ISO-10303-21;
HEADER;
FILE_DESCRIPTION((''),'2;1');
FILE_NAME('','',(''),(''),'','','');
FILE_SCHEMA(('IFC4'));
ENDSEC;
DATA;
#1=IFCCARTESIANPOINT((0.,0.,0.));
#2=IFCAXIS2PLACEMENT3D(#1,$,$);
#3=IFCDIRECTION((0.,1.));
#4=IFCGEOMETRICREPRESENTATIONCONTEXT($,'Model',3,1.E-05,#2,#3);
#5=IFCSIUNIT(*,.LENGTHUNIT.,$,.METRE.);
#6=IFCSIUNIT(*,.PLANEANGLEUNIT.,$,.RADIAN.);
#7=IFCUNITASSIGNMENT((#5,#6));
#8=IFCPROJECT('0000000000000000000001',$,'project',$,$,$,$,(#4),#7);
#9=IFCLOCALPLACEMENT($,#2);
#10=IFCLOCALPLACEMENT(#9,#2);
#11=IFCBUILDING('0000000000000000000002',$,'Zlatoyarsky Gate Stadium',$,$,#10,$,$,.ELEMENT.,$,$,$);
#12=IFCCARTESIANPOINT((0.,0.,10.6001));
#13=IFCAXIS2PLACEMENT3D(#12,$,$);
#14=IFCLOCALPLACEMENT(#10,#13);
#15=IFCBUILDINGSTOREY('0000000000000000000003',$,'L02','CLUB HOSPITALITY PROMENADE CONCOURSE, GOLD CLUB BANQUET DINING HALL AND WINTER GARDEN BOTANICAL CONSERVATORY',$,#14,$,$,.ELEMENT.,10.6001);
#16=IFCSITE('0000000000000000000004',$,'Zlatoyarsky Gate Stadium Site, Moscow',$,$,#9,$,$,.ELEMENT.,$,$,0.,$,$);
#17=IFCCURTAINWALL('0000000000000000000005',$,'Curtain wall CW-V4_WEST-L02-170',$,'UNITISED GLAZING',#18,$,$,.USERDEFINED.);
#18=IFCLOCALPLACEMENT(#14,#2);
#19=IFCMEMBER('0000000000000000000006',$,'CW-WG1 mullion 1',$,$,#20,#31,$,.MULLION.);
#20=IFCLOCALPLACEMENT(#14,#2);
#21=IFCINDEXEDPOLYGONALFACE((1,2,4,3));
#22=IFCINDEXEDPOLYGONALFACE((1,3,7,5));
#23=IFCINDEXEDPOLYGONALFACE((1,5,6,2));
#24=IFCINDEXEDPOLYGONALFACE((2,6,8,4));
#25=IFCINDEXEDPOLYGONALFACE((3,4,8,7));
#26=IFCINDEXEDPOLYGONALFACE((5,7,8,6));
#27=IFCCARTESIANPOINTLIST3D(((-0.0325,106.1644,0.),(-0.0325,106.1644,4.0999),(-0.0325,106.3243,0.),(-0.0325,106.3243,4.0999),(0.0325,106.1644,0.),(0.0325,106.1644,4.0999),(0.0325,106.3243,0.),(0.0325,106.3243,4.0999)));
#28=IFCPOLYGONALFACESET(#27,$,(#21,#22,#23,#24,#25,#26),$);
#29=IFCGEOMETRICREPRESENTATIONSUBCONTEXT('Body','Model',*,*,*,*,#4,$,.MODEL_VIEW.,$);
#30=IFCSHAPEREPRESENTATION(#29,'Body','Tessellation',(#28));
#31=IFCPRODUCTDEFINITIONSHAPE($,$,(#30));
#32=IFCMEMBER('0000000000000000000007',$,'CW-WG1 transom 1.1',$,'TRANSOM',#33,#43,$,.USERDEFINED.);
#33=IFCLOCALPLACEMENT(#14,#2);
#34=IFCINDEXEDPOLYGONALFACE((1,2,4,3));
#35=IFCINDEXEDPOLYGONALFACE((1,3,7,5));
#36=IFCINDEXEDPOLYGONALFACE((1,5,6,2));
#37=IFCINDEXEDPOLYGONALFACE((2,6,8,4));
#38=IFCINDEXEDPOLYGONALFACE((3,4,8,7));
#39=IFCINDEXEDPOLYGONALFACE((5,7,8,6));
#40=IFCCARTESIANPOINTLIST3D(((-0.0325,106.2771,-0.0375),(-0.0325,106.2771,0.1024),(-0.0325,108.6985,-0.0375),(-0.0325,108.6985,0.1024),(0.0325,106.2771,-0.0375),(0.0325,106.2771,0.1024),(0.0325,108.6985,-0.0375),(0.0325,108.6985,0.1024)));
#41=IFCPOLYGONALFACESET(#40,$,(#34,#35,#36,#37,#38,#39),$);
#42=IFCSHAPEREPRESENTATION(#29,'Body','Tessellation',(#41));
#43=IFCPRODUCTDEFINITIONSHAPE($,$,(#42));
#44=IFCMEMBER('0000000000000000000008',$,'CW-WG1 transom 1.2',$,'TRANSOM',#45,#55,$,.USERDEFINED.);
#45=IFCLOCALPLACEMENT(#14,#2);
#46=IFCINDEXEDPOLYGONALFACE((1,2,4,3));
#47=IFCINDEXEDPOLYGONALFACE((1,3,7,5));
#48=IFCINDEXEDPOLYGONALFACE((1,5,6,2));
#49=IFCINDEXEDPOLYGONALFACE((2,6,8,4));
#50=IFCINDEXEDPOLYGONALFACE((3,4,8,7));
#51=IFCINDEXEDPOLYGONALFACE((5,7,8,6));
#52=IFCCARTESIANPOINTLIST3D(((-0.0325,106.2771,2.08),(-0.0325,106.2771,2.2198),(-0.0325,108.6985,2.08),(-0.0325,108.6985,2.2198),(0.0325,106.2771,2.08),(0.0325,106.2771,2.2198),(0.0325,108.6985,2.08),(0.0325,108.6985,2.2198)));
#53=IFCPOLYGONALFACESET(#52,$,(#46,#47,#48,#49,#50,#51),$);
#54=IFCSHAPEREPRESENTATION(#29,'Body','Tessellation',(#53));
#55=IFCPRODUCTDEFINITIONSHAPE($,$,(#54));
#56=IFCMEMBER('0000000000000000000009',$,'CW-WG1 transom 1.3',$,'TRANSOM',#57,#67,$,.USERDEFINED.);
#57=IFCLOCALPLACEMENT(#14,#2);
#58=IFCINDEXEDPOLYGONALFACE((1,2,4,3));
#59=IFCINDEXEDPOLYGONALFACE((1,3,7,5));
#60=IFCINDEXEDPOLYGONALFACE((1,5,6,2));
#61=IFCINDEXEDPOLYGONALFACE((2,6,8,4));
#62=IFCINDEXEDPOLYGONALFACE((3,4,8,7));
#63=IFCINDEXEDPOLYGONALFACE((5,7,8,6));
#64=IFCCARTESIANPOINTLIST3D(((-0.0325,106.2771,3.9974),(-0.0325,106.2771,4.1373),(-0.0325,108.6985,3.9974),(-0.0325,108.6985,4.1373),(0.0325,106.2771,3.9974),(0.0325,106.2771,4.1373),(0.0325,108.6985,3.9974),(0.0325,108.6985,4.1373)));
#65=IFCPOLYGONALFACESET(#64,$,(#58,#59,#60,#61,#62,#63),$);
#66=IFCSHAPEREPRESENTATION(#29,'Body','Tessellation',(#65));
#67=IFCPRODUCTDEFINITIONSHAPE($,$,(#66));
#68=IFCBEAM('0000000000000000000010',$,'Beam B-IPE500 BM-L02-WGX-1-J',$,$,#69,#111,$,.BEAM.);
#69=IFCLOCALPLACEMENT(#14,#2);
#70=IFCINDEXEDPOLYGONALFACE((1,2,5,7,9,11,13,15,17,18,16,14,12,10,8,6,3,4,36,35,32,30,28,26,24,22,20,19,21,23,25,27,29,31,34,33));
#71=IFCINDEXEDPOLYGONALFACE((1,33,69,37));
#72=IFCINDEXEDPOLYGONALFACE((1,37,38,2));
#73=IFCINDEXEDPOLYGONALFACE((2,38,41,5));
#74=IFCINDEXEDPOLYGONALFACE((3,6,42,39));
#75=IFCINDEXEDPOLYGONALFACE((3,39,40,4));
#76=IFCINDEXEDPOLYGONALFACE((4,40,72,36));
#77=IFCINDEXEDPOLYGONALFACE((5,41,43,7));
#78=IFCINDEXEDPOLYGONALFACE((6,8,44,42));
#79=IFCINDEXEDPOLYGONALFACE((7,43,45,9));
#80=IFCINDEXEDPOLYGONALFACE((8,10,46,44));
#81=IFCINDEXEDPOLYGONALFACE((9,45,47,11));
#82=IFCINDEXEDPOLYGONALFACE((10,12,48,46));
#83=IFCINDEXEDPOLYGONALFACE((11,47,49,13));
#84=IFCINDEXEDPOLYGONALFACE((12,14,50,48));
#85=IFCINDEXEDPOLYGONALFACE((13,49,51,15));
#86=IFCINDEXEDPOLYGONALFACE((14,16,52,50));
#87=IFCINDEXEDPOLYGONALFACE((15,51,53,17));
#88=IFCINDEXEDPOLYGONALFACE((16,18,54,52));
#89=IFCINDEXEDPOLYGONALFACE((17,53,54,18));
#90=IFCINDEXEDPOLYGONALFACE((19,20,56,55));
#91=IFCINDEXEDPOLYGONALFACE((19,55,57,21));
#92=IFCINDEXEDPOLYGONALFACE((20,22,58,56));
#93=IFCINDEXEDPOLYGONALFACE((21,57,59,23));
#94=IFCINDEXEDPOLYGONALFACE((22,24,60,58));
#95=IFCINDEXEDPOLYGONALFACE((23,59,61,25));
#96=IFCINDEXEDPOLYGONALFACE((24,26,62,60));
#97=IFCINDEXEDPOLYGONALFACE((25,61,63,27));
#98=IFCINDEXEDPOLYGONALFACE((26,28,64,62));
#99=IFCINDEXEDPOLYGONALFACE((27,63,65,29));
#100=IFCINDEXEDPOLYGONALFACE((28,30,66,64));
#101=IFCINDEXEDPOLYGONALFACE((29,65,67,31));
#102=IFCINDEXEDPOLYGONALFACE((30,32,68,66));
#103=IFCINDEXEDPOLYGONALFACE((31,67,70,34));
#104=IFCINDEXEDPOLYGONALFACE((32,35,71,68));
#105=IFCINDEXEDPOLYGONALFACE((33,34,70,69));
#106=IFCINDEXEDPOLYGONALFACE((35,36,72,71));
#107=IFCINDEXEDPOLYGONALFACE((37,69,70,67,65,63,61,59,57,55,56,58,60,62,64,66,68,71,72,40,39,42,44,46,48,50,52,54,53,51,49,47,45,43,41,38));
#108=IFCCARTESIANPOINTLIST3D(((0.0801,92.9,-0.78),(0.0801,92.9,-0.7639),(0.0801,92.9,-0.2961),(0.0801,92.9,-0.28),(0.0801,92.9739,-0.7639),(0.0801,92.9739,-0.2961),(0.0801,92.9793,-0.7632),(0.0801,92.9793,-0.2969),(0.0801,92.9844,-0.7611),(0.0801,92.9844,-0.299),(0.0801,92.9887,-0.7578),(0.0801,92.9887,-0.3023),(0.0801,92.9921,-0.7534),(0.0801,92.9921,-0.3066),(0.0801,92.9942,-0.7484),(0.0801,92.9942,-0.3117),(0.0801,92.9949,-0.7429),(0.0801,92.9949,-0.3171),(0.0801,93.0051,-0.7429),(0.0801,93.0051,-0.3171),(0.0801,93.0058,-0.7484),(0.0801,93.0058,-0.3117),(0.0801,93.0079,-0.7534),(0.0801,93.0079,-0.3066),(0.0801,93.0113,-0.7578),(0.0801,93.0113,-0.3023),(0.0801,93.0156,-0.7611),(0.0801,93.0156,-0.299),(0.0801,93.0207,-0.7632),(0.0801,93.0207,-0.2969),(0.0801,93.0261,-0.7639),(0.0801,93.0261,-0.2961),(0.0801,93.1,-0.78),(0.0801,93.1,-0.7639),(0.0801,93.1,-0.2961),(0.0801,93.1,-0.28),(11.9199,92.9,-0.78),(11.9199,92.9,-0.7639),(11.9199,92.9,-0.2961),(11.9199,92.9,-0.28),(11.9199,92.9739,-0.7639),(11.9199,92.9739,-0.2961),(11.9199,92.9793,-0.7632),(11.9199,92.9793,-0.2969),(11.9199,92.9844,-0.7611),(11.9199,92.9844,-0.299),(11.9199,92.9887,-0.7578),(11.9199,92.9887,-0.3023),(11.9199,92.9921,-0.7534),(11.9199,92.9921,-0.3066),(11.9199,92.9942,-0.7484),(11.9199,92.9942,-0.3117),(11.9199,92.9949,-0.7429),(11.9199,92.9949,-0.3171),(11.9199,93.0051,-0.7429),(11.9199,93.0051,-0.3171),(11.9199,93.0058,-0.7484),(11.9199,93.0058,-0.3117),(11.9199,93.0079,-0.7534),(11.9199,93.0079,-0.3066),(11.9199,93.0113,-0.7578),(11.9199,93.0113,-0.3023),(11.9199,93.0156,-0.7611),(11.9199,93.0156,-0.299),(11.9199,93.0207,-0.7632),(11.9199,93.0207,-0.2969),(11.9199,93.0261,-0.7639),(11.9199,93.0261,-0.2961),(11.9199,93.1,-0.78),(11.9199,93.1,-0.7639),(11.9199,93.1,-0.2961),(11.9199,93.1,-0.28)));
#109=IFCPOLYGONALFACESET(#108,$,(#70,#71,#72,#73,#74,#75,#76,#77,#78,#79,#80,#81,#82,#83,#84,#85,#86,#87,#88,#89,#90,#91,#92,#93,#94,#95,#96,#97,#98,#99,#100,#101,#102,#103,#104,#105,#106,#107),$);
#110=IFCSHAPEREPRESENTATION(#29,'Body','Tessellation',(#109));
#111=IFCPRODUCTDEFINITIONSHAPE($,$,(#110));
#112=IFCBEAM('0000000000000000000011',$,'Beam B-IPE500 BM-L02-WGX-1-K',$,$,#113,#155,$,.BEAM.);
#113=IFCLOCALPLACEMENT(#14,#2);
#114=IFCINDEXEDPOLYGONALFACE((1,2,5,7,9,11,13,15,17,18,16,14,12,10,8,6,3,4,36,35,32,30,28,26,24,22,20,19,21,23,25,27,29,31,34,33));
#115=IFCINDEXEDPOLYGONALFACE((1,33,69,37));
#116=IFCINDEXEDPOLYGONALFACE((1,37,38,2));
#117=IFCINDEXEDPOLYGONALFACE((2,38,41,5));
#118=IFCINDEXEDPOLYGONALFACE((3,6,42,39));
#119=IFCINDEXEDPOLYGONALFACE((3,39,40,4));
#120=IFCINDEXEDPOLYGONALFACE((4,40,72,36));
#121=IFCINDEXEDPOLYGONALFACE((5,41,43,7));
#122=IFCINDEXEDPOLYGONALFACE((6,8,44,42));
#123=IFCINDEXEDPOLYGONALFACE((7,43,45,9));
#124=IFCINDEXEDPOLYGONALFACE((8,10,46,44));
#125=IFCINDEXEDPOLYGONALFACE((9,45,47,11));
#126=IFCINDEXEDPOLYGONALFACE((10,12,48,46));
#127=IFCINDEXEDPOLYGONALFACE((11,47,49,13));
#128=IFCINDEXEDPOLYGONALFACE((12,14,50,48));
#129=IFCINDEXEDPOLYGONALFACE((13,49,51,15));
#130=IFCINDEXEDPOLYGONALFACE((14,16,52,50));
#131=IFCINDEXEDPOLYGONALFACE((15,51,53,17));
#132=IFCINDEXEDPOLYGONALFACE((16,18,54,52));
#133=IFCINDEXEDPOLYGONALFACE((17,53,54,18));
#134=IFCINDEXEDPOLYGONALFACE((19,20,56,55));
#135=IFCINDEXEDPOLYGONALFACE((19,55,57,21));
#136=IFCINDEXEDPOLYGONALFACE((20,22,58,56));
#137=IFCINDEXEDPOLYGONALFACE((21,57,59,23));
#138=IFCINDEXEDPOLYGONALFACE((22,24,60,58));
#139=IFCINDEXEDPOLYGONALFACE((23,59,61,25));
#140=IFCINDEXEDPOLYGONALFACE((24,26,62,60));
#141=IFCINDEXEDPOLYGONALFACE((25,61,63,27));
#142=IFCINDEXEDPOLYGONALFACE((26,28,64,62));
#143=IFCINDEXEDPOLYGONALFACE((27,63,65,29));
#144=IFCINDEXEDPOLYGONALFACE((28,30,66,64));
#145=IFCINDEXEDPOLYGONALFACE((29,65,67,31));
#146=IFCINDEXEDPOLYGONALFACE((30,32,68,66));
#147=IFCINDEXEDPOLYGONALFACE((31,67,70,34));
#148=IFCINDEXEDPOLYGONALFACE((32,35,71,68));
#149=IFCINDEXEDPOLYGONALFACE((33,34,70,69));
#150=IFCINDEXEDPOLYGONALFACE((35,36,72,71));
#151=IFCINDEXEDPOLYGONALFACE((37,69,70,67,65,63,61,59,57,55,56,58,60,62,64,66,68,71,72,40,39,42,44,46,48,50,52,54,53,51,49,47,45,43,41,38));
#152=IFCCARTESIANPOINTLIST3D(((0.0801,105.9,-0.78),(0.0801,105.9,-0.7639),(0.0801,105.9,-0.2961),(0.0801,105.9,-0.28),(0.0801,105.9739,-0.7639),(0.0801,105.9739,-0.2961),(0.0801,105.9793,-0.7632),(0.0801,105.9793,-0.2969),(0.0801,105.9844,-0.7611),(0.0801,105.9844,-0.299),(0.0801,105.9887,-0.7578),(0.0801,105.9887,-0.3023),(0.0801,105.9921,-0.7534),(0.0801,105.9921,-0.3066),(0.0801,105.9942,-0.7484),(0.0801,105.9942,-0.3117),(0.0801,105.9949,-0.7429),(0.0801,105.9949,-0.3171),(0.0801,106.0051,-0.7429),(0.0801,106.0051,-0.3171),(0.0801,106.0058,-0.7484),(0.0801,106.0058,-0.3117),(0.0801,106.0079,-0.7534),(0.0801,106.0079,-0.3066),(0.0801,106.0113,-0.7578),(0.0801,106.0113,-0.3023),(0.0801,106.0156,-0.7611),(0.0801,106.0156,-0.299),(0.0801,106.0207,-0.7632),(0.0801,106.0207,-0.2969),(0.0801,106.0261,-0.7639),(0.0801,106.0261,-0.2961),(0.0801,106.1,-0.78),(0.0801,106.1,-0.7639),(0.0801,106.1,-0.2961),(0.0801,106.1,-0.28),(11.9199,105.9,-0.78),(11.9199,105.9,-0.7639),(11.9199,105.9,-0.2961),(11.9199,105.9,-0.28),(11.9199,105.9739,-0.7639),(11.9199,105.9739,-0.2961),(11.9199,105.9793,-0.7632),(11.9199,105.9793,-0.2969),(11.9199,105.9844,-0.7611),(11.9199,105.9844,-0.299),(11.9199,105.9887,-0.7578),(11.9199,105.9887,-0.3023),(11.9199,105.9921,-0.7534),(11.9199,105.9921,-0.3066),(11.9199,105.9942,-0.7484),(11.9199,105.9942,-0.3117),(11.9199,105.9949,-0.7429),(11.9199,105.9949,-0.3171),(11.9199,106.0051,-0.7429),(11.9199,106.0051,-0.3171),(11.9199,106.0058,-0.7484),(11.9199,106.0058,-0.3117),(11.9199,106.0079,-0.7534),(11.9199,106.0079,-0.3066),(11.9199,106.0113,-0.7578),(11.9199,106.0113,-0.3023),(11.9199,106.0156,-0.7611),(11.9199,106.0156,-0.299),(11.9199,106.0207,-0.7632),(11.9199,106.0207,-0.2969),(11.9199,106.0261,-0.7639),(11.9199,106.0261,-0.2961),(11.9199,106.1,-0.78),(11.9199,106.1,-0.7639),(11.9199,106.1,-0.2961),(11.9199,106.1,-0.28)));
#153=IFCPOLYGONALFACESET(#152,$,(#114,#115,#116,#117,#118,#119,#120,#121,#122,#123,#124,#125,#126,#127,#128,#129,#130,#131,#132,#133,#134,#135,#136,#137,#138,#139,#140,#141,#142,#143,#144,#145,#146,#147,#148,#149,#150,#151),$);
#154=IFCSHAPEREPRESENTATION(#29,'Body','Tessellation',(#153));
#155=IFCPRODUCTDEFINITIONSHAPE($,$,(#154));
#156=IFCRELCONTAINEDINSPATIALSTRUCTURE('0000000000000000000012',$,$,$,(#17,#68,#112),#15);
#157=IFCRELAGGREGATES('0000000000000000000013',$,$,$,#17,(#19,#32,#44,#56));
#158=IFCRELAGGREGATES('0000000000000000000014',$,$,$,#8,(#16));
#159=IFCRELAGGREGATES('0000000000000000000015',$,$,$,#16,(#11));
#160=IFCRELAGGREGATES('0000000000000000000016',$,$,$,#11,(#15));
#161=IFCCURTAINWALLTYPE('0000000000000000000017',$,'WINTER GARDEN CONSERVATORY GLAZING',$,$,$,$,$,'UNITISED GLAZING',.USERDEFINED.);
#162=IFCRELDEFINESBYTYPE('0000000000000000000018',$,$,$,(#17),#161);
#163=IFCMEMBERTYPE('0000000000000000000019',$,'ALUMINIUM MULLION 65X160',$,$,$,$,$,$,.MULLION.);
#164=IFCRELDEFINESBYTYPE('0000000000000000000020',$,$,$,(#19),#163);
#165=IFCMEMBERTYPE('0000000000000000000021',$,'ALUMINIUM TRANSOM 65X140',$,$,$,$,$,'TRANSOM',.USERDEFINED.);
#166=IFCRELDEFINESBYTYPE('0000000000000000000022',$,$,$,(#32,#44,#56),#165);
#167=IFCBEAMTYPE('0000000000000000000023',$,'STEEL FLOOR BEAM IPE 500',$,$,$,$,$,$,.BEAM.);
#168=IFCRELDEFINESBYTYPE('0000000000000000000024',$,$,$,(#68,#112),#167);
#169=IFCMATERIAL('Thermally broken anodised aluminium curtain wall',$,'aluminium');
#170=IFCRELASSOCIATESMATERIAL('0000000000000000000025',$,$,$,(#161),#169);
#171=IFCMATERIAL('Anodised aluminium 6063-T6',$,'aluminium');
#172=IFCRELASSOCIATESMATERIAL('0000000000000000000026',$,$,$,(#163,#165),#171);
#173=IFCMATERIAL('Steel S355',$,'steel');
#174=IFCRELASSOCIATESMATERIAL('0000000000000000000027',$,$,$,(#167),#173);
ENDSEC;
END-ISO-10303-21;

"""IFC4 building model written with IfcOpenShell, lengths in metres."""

from ifc_helpers import new_model, si_unit, direction, frame, origin, origin_2d, place, context, subcontext, project, spatial, rectangle, i_section, extrude, material, material_profile, profile_set, type_object, element, aggregate, save


model = new_model("IFC4")

# Units and contexts
model_context = context("Model", 3, precision=1e-05, world=origin(), true_north=direction((0.0, 1.0)))
body_context = subcontext(model_context, "Body", "Model", "MODEL_VIEW")
ifc_project = project(units=[si_unit("LENGTHUNIT", "METRE"), si_unit("PLANEANGLEUNIT", "RADIAN")], contexts=[model_context])

# Site, building, storey
site_placement = place(None, origin())
site = spatial("IfcSite", under=ifc_project, at=site_placement, Name="Zlatoyarsky Gate Stadium Site, Moscow", CompositionType="ELEMENT", RefElevation=0.0)
building_placement = place(site_placement, origin())
building = spatial("IfcBuilding", under=site, at=building_placement, Name="Zlatoyarsky Gate Stadium", CompositionType="ELEMENT")
storey_placement = place(building_placement, frame((0.0, 0.0, 10.6001)))
storey = spatial("IfcBuildingStorey", under=building, at=storey_placement, Name="L02", Description="CLUB HOSPITALITY PROMENADE CONCOURSE, GOLD CLUB BANQUET DINING HALL AND WINTER GARDEN BOTANICAL CONSERVATORY", CompositionType="ELEMENT", Elevation=10.6001)

# Shared definitions
ifc_material_1 = material(Name="Steel S355", Category="steel")

# Shared definitions
ifc_material_2 = material(Name="Thermally broken anodised aluminium curtain wall", Category="aluminium")
curtain_wall_type = type_object("IfcCurtainWallType", Name="WINTER GARDEN CONSERVATORY GLAZING", ElementType="UNITISED GLAZING", PredefinedType="USERDEFINED", material=ifc_material_2)
ifc_material_3 = material(Name="Anodised aluminium 6063-T6", Category="aluminium")
ifc_material_profile_1 = material_profile(ifc_material_3, rectangle(XDim=0.0649, YDim=0.1599, at=origin_2d()), Name="ALU 65X160")
ifc_profile_set_1 = profile_set([ifc_material_profile_1], Name="Anodised aluminium 6063-T6")
member_type_1 = type_object("IfcMemberType", Name="ALUMINIUM MULLION 65X160", PredefinedType="MULLION", material=ifc_profile_set_1)

# Curtain wall, members
curtain_wall_1_placement = place(storey_placement, origin())
curtain_wall_1 = element("IfcCurtainWall", 1, at=curtain_wall_1_placement, inside=storey, type_object=curtain_wall_type, Name="Curtain wall CW-V4_WEST-L02-170", ObjectType="UNITISED GLAZING", PredefinedType="USERDEFINED")
member_1_placement = place(storey_placement, frame((0.0, 106.2444, 0.0), z_axis=(0.0, 0.0, 1.0), x_axis=(-1.0, 0.0, 0.0)))
member_1 = element("IfcMember", 2, at=member_1_placement, type_object=member_type_1, Name="CW-WG1 mullion 1", PredefinedType="MULLION", context=body_context, shape_type="SweptSolid", body=[
    extrude(rectangle(XDim=0.0649, YDim=0.1599, at=origin_2d()), origin(), (0.0, 0.0, 1.0), 4.0999),
])
ifc_material_profile_2 = material_profile(ifc_material_3, rectangle(XDim=0.0649, YDim=0.1399, at=origin_2d()), Name="ALU 65X140")
ifc_profile_set_2 = profile_set([ifc_material_profile_2], Name="Anodised aluminium 6063-T6")
member_type_2 = type_object("IfcMemberType", Name="ALUMINIUM TRANSOM 65X140", ElementType="TRANSOM", PredefinedType="USERDEFINED", material=ifc_profile_set_2)
member_2_placement = place(storey_placement, frame((0.0, 106.2771, 0.0325), z_axis=(0.0, 1.0, 0.0), x_axis=(-1.0, 0.0, 0.0)))
member_2 = element("IfcMember", 3, at=member_2_placement, type_object=member_type_2, Name="CW-WG1 transom 1.1", ObjectType="TRANSOM", PredefinedType="USERDEFINED", context=body_context, shape_type="SweptSolid", body=[
    extrude(rectangle(XDim=0.0649, YDim=0.1399, at=origin_2d()), origin(), (0.0, 0.0, 1.0), 2.4214),
])
member_3_placement = place(storey_placement, frame((0.0, 106.2771, 2.1499), z_axis=(0.0, 1.0, 0.0), x_axis=(-1.0, 0.0, 0.0)))
member_3 = element("IfcMember", 4, at=member_3_placement, type_object=member_type_2, Name="CW-WG1 transom 1.2", ObjectType="TRANSOM", PredefinedType="USERDEFINED", context=body_context, shape_type="SweptSolid", body=[
    extrude(rectangle(XDim=0.0649, YDim=0.1399, at=origin_2d()), origin(), (0.0, 0.0, 1.0), 2.4214),
])
member_4_placement = place(storey_placement, frame((0.0, 106.2771, 4.0674), z_axis=(0.0, 1.0, 0.0), x_axis=(-1.0, 0.0, 0.0)))
member_4 = element("IfcMember", 5, at=member_4_placement, type_object=member_type_2, Name="CW-WG1 transom 1.3", ObjectType="TRANSOM", PredefinedType="USERDEFINED", context=body_context, shape_type="SweptSolid", body=[
    extrude(rectangle(XDim=0.0649, YDim=0.1399, at=origin_2d()), origin(), (0.0, 0.0, 1.0), 2.4214),
])

# Beams
ifc_material_profile_3 = material_profile(ifc_material_1, i_section(OverallWidth=0.2, OverallDepth=0.5, WebThickness=0.0103, FlangeThickness=0.0161, FilletRadius=0.021, at=origin_2d()), Name="IPE 500")
ifc_profile_set_3 = profile_set([ifc_material_profile_3], Name="Steel S355")
beam_type_1 = type_object("IfcBeamType", Name="STEEL FLOOR BEAM IPE 500", PredefinedType="BEAM", material=ifc_profile_set_3)
for number, where, z_axis, x_axis, name in (
    (6, (0.0801, 93.0, -0.53), (1.0, 0.0, 0.0), (0.0, 1.0, 0.0), "Beam B-IPE500 BM-L02-WGX-1-J"),
    (7, (0.0801, 106.0, -0.53), (1.0, 0.0, 0.0), (0.0, 1.0, 0.0), "Beam B-IPE500 BM-L02-WGX-1-K"),
):
    element("IfcBeam", number, at=place(storey_placement, frame(where, z_axis=z_axis, x_axis=x_axis)), inside=storey, type_object=beam_type_1, Name=name, PredefinedType="BEAM", context=body_context, shape_type="SweptSolid", body=[
        extrude(i_section(OverallWidth=0.2, OverallDepth=0.5, WebThickness=0.0103, FlangeThickness=0.0161, FilletRadius=0.021, at=origin_2d()), origin(), (0.0, 0.0, 1.0), 11.8398),
    ])

aggregate(curtain_wall_1, [member_1, member_2, member_3, member_4])

save(model, "model.ifc")
